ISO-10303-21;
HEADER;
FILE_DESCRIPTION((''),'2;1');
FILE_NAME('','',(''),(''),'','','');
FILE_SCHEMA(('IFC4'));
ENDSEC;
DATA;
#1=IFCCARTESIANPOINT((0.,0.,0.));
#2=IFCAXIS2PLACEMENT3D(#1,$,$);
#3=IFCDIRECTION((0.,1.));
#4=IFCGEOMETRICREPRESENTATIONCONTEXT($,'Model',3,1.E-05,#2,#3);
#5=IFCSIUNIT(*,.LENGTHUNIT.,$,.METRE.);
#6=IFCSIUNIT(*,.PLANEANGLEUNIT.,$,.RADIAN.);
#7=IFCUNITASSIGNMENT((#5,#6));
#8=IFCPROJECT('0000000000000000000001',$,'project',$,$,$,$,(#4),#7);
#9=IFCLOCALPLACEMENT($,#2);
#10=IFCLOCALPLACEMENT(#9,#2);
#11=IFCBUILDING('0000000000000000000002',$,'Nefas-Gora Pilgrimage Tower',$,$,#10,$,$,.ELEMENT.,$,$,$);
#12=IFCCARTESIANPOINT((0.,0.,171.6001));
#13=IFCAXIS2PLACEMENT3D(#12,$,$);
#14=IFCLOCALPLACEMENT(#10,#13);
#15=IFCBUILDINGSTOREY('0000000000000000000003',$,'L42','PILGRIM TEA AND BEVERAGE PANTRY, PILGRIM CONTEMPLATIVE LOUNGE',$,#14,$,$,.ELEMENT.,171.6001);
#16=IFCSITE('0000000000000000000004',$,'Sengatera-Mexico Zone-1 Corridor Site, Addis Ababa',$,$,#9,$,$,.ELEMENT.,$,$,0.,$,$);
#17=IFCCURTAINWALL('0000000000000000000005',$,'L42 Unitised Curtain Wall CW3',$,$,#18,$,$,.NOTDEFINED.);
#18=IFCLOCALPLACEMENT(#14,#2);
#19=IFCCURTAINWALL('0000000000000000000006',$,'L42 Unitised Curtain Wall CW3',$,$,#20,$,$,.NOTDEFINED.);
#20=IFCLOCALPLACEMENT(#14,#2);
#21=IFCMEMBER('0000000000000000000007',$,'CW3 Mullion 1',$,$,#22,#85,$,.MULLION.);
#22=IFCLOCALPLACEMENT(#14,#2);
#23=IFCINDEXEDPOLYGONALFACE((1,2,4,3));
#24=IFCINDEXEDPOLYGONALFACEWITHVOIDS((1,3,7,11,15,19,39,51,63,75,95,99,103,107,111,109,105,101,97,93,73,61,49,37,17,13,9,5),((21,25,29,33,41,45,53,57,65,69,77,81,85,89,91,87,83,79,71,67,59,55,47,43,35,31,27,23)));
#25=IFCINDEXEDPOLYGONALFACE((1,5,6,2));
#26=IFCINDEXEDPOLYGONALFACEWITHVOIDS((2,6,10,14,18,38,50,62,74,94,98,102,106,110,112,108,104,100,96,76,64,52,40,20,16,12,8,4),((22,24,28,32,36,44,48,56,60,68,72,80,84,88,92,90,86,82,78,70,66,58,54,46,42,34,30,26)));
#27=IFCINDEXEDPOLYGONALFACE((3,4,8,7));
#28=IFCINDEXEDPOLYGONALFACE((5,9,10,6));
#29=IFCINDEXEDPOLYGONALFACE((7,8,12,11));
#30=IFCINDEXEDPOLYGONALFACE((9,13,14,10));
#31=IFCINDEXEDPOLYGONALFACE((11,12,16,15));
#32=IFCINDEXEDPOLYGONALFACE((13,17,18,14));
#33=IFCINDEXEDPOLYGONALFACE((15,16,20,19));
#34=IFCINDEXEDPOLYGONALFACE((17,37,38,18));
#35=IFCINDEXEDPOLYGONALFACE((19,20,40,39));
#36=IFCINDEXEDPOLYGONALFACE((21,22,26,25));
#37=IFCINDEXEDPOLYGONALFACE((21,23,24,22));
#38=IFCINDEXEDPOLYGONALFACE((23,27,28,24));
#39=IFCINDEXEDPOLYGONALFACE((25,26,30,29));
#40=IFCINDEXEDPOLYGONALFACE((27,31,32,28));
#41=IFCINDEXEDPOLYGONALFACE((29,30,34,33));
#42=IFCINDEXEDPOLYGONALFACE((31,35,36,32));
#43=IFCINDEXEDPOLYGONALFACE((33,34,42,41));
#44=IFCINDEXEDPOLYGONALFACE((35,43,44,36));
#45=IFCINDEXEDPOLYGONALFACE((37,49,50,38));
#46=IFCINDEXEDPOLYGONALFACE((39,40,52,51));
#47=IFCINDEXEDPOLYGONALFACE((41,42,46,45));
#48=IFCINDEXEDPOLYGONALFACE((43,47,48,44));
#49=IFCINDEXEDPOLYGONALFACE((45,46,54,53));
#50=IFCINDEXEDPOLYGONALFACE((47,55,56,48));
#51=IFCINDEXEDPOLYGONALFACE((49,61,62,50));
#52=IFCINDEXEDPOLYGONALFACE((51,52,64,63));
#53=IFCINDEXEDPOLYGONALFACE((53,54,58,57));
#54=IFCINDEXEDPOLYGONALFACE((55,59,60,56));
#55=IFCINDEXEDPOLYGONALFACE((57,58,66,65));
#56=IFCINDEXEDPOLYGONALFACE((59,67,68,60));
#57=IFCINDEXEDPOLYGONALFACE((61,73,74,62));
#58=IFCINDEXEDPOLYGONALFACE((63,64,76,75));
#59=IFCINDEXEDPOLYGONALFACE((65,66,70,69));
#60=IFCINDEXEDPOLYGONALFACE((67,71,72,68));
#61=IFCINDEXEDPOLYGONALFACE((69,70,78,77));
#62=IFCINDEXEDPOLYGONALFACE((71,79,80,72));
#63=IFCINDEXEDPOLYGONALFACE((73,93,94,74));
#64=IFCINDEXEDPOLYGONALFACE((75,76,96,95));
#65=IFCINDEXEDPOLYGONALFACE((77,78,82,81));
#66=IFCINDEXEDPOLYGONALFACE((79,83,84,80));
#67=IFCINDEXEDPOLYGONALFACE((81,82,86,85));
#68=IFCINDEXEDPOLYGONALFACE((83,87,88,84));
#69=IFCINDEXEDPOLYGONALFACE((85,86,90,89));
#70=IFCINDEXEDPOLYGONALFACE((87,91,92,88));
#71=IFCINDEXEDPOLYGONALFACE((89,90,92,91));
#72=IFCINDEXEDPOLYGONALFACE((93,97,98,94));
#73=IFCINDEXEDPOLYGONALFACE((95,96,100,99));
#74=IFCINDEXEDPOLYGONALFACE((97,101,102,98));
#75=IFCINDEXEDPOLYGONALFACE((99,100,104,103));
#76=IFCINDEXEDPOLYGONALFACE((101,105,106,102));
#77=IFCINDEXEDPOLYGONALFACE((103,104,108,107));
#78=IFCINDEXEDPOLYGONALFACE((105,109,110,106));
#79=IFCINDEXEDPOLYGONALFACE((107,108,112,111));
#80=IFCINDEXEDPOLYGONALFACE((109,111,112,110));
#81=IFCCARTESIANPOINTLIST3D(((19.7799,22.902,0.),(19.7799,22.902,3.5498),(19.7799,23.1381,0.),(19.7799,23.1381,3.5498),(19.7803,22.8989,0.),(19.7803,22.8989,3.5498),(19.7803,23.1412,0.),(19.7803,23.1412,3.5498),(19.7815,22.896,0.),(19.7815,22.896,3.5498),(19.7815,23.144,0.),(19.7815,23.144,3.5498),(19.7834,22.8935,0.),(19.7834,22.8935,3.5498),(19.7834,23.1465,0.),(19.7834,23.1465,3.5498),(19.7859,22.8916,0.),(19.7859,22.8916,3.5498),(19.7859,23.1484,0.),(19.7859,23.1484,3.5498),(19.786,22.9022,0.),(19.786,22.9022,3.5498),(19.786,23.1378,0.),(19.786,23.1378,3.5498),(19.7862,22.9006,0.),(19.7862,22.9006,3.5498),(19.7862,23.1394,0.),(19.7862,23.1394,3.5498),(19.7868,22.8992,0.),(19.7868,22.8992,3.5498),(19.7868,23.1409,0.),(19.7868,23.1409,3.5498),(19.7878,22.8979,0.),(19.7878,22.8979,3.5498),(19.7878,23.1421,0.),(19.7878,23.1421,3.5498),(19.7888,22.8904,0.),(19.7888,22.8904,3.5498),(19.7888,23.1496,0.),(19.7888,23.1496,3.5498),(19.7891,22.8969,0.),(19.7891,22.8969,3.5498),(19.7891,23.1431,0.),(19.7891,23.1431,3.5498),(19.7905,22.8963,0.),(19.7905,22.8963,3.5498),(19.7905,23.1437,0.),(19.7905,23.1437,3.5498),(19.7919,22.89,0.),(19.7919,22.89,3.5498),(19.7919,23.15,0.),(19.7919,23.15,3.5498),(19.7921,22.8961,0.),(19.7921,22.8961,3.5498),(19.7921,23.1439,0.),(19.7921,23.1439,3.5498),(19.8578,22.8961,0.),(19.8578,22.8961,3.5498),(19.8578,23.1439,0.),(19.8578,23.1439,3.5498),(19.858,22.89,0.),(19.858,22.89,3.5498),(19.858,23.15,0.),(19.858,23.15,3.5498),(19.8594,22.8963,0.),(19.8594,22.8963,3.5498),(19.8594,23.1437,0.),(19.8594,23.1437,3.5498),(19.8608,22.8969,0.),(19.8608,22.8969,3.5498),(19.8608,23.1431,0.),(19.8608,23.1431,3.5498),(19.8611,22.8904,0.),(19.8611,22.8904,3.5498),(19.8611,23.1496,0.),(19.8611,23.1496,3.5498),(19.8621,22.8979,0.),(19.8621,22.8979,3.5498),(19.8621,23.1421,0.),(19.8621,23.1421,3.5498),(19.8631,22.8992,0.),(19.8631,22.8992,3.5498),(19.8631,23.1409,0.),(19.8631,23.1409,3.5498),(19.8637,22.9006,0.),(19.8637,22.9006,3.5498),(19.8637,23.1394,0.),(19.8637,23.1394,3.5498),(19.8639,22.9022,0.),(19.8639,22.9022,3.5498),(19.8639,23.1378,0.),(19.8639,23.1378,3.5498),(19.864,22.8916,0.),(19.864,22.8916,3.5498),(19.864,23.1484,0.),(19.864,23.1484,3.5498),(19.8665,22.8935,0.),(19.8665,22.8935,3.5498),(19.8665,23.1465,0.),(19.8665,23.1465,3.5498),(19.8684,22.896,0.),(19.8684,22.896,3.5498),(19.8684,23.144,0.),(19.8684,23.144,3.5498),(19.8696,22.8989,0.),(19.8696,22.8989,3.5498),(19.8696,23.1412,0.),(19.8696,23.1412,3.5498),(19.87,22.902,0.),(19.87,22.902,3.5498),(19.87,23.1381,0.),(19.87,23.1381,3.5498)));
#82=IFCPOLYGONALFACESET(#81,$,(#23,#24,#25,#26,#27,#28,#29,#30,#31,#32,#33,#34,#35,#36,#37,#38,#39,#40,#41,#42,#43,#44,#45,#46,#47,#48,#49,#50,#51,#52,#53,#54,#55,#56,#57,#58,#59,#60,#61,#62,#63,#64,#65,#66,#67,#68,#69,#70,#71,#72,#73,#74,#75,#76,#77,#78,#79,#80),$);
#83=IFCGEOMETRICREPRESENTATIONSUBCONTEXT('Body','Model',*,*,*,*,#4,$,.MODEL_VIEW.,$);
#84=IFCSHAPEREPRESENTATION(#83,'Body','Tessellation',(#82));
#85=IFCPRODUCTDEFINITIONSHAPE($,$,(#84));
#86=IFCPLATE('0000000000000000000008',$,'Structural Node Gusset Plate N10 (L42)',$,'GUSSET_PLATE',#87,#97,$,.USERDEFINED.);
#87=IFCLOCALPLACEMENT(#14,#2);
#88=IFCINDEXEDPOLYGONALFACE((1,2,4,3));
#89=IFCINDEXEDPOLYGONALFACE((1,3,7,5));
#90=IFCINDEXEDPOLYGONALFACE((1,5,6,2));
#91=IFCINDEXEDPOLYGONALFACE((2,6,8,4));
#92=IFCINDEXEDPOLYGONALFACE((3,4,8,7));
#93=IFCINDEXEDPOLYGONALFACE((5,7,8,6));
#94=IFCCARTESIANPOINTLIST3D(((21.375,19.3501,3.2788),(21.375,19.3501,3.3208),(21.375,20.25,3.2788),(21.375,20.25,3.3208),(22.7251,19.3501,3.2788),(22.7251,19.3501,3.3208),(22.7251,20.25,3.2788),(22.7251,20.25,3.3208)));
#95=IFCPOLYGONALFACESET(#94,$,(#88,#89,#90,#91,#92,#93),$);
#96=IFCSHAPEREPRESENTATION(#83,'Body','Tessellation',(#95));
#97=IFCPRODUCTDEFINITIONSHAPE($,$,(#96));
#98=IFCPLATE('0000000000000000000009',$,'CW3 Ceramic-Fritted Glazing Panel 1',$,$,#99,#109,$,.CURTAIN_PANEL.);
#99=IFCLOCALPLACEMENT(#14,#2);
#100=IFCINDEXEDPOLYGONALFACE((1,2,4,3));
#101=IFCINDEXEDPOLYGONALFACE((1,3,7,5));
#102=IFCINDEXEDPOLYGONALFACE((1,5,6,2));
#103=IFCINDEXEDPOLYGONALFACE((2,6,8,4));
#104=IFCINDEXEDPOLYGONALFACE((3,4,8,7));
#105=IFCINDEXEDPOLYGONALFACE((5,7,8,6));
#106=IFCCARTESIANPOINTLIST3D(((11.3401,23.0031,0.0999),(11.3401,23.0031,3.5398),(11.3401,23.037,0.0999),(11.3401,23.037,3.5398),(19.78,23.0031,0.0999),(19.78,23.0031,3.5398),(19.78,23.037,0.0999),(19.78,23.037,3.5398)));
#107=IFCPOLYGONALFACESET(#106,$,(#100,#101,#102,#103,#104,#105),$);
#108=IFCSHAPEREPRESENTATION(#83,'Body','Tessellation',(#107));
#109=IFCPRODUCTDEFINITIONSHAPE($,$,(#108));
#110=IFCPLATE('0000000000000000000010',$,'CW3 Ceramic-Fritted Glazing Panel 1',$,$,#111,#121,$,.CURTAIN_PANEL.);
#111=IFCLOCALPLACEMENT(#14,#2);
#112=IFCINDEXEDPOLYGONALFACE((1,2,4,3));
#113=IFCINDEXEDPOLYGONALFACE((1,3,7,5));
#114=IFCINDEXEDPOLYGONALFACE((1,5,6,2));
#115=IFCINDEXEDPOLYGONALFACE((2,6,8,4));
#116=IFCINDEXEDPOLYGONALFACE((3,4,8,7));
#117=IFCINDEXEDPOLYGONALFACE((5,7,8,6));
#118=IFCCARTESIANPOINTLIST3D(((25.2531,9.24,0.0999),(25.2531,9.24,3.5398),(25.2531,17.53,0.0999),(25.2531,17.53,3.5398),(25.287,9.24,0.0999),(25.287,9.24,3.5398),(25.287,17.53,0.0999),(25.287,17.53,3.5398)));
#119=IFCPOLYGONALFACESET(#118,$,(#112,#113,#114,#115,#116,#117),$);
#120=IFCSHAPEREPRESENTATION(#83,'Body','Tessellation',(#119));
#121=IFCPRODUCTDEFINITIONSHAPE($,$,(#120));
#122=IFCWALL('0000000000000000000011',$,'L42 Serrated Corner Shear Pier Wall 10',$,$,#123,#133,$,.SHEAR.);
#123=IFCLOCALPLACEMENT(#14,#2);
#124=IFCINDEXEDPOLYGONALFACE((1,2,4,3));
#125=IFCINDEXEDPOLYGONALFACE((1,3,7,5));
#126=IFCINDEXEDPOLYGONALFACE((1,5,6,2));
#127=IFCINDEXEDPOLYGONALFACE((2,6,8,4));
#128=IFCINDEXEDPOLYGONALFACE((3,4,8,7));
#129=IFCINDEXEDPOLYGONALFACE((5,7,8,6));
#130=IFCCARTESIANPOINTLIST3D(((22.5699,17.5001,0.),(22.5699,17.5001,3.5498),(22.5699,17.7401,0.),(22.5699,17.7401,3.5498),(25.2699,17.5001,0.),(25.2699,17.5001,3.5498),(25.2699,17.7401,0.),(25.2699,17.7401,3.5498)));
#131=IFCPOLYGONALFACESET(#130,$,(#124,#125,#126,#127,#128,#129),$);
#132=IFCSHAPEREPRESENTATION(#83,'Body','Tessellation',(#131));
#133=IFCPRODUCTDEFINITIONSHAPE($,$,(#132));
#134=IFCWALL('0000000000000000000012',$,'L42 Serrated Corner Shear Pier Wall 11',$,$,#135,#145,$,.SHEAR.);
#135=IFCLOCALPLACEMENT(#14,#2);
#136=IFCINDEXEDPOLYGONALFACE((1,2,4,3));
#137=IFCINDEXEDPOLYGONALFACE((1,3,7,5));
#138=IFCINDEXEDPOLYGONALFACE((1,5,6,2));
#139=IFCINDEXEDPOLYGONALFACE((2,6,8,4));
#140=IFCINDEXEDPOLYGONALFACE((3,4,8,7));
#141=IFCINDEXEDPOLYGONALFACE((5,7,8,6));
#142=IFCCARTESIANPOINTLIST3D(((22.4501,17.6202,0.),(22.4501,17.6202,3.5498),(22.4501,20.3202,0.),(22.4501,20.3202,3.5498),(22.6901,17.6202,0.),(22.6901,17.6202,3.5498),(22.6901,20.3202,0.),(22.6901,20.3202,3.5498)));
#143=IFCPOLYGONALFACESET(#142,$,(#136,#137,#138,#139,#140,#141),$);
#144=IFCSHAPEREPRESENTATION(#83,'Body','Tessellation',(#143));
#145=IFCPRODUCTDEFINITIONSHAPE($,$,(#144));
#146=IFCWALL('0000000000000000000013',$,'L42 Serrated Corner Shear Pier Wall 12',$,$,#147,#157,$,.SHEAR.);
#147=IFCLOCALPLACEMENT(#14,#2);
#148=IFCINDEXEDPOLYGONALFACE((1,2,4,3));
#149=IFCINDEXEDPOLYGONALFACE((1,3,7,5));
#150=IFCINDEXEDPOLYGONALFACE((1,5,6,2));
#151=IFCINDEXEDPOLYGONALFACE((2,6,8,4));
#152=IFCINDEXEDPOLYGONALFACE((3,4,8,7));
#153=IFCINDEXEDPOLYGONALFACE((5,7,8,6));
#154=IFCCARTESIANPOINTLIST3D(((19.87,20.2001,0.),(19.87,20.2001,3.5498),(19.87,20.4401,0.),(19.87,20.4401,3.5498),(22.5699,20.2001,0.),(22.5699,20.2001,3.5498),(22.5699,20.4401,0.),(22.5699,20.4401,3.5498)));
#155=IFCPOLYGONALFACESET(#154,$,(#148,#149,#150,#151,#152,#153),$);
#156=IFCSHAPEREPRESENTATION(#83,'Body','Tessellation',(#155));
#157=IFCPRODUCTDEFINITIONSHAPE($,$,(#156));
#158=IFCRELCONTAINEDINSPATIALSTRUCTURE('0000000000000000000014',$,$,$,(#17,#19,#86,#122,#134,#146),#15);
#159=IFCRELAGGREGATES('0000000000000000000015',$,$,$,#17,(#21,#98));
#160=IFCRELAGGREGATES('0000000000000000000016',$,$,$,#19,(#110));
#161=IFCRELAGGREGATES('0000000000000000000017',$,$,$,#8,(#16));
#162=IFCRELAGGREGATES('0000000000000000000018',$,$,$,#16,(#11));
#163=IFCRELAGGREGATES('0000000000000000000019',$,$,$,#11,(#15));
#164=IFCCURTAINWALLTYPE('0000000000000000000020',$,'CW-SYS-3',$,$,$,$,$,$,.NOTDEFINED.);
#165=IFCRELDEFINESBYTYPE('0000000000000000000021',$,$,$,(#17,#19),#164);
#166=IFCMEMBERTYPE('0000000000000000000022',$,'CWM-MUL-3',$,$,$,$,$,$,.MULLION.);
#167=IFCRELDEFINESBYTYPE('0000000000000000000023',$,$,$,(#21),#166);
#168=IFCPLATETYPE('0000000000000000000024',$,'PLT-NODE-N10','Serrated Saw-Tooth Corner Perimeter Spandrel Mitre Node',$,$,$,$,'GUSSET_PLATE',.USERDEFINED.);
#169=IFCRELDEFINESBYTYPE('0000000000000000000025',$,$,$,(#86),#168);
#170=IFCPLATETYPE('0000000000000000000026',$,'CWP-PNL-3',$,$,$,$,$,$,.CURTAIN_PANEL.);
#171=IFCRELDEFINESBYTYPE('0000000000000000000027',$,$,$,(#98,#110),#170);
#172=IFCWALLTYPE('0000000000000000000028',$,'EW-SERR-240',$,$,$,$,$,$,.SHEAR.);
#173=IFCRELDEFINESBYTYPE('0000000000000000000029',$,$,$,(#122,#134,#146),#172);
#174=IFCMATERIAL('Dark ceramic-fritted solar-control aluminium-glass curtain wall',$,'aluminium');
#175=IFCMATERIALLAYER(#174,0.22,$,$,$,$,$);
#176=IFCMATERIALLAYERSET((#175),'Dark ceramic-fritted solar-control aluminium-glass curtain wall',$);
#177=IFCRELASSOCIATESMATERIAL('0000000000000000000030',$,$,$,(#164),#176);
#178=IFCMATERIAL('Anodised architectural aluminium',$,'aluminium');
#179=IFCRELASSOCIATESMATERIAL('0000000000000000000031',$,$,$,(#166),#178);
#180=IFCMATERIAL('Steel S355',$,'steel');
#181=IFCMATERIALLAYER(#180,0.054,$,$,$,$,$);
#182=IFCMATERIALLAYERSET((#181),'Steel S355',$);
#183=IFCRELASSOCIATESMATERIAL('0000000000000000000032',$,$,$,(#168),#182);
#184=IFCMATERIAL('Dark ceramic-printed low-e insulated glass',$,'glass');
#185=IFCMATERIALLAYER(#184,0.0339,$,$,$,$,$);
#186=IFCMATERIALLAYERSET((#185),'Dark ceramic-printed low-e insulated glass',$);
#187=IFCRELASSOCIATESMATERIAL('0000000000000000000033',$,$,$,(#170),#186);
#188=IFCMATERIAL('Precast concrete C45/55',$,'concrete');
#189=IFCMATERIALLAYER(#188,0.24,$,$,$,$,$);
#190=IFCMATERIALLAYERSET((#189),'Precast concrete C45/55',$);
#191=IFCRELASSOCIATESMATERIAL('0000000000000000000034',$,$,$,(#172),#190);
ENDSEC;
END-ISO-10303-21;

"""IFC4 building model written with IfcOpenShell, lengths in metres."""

from ifc_helpers import new_model, si_unit, direction, frame, frame_2d, origin, origin_2d, place, context, subcontext, project, spatial, rectangle, hollow_rectangle, extrude, source, transform, mapped, material, layer, layer_set, material_profile, profile_set, type_object, element, aggregate, save


model = new_model("IFC4")

# Units and contexts
model_context = context("Model", 3, precision=1e-05, world=origin(), true_north=direction((0.0, 1.0)))
body_context = subcontext(model_context, "Body", "Model", "MODEL_VIEW")
ifc_project = project(units=[si_unit("LENGTHUNIT", "METRE"), si_unit("PLANEANGLEUNIT", "RADIAN")], contexts=[model_context])

# Site, building, storey
site_placement = place(None, origin())
site = spatial("IfcSite", under=ifc_project, at=site_placement, Name="Sengatera-Mexico Zone-1 Corridor Site, Addis Ababa", CompositionType="ELEMENT", RefElevation=0.0)
building_placement = place(site_placement, origin())
building = spatial("IfcBuilding", under=site, at=building_placement, Name="Nefas-Gora Pilgrimage Tower", CompositionType="ELEMENT")
storey_placement = place(building_placement, frame((0.0, 0.0, 171.6001)))
storey = spatial("IfcBuildingStorey", under=building, at=storey_placement, Name="L42", Description="PILGRIM TEA AND BEVERAGE PANTRY, PILGRIM CONTEMPLATIVE LOUNGE", CompositionType="ELEMENT", Elevation=171.6001)

# Shared definitions
ifc_material_1 = material(Name="Steel S355", Category="steel")

# Curtain wall
ifc_material_2 = material(Name="Dark ceramic-fritted solar-control aluminium-glass curtain wall", Category="aluminium")
ifc_layer_1 = layer(ifc_material_2, 0.22)
ifc_layer_set_1 = layer_set([ifc_layer_1], Name="Dark ceramic-fritted solar-control aluminium-glass curtain wall")
curtain_wall_type = type_object("IfcCurtainWallType", Name="CW-SYS-3", PredefinedType="NOTDEFINED", material=ifc_layer_set_1)
curtain_wall_1_placement = place(storey_placement, origin())
curtain_wall_1 = element("IfcCurtainWall", 1, at=curtain_wall_1_placement, inside=storey, type_object=curtain_wall_type, Name="L42 Unitised Curtain Wall CW3", PredefinedType="NOTDEFINED")
ifc_material_3 = material(Name="Anodised architectural aluminium", Category="aluminium")

# Curtain wall
curtain_wall_2_placement = place(storey_placement, origin())
curtain_wall_2 = element("IfcCurtainWall", 2, at=curtain_wall_2_placement, inside=storey, type_object=curtain_wall_type, Name="L42 Unitised Curtain Wall CW3", PredefinedType="NOTDEFINED")
ifc_material_profile_1 = material_profile(ifc_material_3, hollow_rectangle(XDim=0.0901, YDim=0.26, WallThickness=0.0061, InnerFilletRadius=0.0061, OuterFilletRadius=0.012, at=origin_2d()), Name="ALU MULLION 90x260")
ifc_profile_set_1 = profile_set([ifc_material_profile_1], Name="Anodised architectural aluminium")
member_type_1 = type_object("IfcMemberType", Name="CWM-MUL-3", PredefinedType="MULLION", material=ifc_profile_set_1)
shared_shape_1 = source(origin(), body_context, "Body", "SweptSolid", [
    extrude(hollow_rectangle(XDim=0.0901, YDim=0.26, WallThickness=0.0061, InnerFilletRadius=0.0061, OuterFilletRadius=0.012, at=origin_2d()), origin(), (0.0, 0.0, 1.0), 3.5498),
])

# Member
member_1_placement = place(storey_placement, frame((19.825, 23.02, 0.0), z_axis=(0.0, 0.0, 1.0), x_axis=(-1.0, 0.0, 0.0)))
member_1 = element("IfcMember", 3, at=member_1_placement, type_object=member_type_1, Name="CW3 Mullion 1", PredefinedType="MULLION", context=body_context, shape_type="MappedRepresentation", body=[
    mapped(shared_shape_1, transform((0.0, 0.0, 0.0), x_axis=(1.0, 0.0, 0.0), y_axis=(0.0, 1.0, 0.0), z_axis=(0.0, 0.0, 1.0), scale=1.0)),
])

# Plates
ifc_layer_2 = layer(ifc_material_1, 0.054)
ifc_layer_set_2 = layer_set([ifc_layer_2], Name="Steel S355")
plate_type_1 = type_object("IfcPlateType", Name="PLT-NODE-N10", Description="Serrated Saw-Tooth Corner Perimeter Spandrel Mitre Node", ElementType="GUSSET_PLATE", PredefinedType="USERDEFINED", material=ifc_layer_set_2)
shared_shape_2 = source(origin(), body_context, "Body", "SweptSolid", [
    extrude(rectangle(XDim=1.3501, YDim=0.8999, at=origin_2d()), origin(), (0.0, 0.0, 1.0), 0.042),
])
plate_1_placement = place(storey_placement, frame((22.05, 19.8, 3.2788), z_axis=(0.0, 0.0, 1.0), x_axis=(1.0, 0.0, 0.0)))
element("IfcPlate", 4, at=plate_1_placement, inside=storey, type_object=plate_type_1, Name="Structural Node Gusset Plate N10 (L42)", ObjectType="GUSSET_PLATE", PredefinedType="USERDEFINED", context=body_context, shape_type="MappedRepresentation", body=[
    mapped(shared_shape_2, transform((0.0, 0.0, 0.0), x_axis=(1.0, 0.0, 0.0), y_axis=(0.0, 1.0, 0.0), z_axis=(0.0, 0.0, 1.0), scale=1.0)),
])
ifc_material_4 = material(Name="Dark ceramic-printed low-e insulated glass", Category="glass")
ifc_layer_3 = layer(ifc_material_4, 0.0339)
ifc_layer_set_3 = layer_set([ifc_layer_3], Name="Dark ceramic-printed low-e insulated glass")
plate_type_2 = type_object("IfcPlateType", Name="CWP-PNL-3", PredefinedType="CURTAIN_PANEL", material=ifc_layer_set_3)
shared_shape_3 = source(origin(), body_context, "Body", "SweptSolid", [
    extrude(rectangle(XDim=8.4399, YDim=0.0339, at=origin_2d()), origin(), (0.0, 0.0, 1.0), 3.4399),
])
plate_2_placement = place(storey_placement, frame((15.5601, 23.02, 0.0999), z_axis=(0.0, 0.0, 1.0), x_axis=(-1.0, 0.0, 0.0)))
plate_2 = element("IfcPlate", 5, at=plate_2_placement, type_object=plate_type_2, Name="CW3 Ceramic-Fritted Glazing Panel 1", PredefinedType="CURTAIN_PANEL", context=body_context, shape_type="MappedRepresentation", body=[
    mapped(shared_shape_3, transform((0.0, 0.0, 0.0), x_axis=(1.0, 0.0, 0.0), y_axis=(0.0, 1.0, 0.0), z_axis=(0.0, 0.0, 1.0), scale=1.0)),
])
aggregate(curtain_wall_1, [member_1, plate_2])
shared_shape_4 = source(origin(), body_context, "Body", "SweptSolid", [
    extrude(rectangle(XDim=8.29, YDim=0.0339, at=origin_2d()), origin(), (0.0, 0.0, 1.0), 3.4399),
])
plate_3_placement = place(storey_placement, frame((25.27, 13.385, 0.0999), z_axis=(0.0, 0.0, 1.0), x_axis=(0.0, 1.0, 0.0)))
plate_3 = element("IfcPlate", 6, at=plate_3_placement, type_object=plate_type_2, Name="CW3 Ceramic-Fritted Glazing Panel 1", PredefinedType="CURTAIN_PANEL", context=body_context, shape_type="MappedRepresentation", body=[
    mapped(shared_shape_4, transform((0.0, 0.0, 0.0), x_axis=(1.0, 0.0, 0.0), y_axis=(0.0, 1.0, 0.0), z_axis=(0.0, 0.0, 1.0), scale=1.0)),
])
aggregate(curtain_wall_2, [plate_3])

# Walls
ifc_material_5 = material(Name="Precast concrete C45/55", Category="concrete")
ifc_layer_4 = layer(ifc_material_5, 0.24)
ifc_layer_set_4 = layer_set([ifc_layer_4], Name="Precast concrete C45/55")
wall_type_1 = type_object("IfcWallType", Name="EW-SERR-240", PredefinedType="SHEAR", material=ifc_layer_set_4)
shared_shape_5 = source(origin(), body_context, "Body", "SweptSolid", [
    extrude(rectangle(XDim=2.7, YDim=0.24, at=frame_2d((1.3501, 0.0))), origin(), (0.0, 0.0, 1.0), 3.5498),
])
for number, where, z_axis, x_axis, name in (
    (7, (25.27, 17.6201, 0.0), (0.0, 0.0, 1.0), (-1.0, 0.0, 0.0), "L42 Serrated Corner Shear Pier Wall 10"),
    (8, (22.5701, 17.6201, 0.0), (0.0, 0.0, 1.0), (0.0, 1.0, 0.0), "L42 Serrated Corner Shear Pier Wall 11"),
    (9, (22.5701, 20.3201, 0.0), (0.0, 0.0, 1.0), (-1.0, 0.0, 0.0), "L42 Serrated Corner Shear Pier Wall 12"),
):
    element("IfcWall", number, at=place(storey_placement, frame(where, z_axis=z_axis, x_axis=x_axis)), inside=storey, type_object=wall_type_1, Name=name, PredefinedType="SHEAR", context=body_context, shape_type="MappedRepresentation", body=[
        mapped(shared_shape_5, transform((0.0, 0.0, 0.0), x_axis=(1.0, 0.0, 0.0), y_axis=(0.0, 1.0, 0.0), z_axis=(0.0, 0.0, 1.0), scale=1.0)),
    ])

save(model, "model.ifc")
